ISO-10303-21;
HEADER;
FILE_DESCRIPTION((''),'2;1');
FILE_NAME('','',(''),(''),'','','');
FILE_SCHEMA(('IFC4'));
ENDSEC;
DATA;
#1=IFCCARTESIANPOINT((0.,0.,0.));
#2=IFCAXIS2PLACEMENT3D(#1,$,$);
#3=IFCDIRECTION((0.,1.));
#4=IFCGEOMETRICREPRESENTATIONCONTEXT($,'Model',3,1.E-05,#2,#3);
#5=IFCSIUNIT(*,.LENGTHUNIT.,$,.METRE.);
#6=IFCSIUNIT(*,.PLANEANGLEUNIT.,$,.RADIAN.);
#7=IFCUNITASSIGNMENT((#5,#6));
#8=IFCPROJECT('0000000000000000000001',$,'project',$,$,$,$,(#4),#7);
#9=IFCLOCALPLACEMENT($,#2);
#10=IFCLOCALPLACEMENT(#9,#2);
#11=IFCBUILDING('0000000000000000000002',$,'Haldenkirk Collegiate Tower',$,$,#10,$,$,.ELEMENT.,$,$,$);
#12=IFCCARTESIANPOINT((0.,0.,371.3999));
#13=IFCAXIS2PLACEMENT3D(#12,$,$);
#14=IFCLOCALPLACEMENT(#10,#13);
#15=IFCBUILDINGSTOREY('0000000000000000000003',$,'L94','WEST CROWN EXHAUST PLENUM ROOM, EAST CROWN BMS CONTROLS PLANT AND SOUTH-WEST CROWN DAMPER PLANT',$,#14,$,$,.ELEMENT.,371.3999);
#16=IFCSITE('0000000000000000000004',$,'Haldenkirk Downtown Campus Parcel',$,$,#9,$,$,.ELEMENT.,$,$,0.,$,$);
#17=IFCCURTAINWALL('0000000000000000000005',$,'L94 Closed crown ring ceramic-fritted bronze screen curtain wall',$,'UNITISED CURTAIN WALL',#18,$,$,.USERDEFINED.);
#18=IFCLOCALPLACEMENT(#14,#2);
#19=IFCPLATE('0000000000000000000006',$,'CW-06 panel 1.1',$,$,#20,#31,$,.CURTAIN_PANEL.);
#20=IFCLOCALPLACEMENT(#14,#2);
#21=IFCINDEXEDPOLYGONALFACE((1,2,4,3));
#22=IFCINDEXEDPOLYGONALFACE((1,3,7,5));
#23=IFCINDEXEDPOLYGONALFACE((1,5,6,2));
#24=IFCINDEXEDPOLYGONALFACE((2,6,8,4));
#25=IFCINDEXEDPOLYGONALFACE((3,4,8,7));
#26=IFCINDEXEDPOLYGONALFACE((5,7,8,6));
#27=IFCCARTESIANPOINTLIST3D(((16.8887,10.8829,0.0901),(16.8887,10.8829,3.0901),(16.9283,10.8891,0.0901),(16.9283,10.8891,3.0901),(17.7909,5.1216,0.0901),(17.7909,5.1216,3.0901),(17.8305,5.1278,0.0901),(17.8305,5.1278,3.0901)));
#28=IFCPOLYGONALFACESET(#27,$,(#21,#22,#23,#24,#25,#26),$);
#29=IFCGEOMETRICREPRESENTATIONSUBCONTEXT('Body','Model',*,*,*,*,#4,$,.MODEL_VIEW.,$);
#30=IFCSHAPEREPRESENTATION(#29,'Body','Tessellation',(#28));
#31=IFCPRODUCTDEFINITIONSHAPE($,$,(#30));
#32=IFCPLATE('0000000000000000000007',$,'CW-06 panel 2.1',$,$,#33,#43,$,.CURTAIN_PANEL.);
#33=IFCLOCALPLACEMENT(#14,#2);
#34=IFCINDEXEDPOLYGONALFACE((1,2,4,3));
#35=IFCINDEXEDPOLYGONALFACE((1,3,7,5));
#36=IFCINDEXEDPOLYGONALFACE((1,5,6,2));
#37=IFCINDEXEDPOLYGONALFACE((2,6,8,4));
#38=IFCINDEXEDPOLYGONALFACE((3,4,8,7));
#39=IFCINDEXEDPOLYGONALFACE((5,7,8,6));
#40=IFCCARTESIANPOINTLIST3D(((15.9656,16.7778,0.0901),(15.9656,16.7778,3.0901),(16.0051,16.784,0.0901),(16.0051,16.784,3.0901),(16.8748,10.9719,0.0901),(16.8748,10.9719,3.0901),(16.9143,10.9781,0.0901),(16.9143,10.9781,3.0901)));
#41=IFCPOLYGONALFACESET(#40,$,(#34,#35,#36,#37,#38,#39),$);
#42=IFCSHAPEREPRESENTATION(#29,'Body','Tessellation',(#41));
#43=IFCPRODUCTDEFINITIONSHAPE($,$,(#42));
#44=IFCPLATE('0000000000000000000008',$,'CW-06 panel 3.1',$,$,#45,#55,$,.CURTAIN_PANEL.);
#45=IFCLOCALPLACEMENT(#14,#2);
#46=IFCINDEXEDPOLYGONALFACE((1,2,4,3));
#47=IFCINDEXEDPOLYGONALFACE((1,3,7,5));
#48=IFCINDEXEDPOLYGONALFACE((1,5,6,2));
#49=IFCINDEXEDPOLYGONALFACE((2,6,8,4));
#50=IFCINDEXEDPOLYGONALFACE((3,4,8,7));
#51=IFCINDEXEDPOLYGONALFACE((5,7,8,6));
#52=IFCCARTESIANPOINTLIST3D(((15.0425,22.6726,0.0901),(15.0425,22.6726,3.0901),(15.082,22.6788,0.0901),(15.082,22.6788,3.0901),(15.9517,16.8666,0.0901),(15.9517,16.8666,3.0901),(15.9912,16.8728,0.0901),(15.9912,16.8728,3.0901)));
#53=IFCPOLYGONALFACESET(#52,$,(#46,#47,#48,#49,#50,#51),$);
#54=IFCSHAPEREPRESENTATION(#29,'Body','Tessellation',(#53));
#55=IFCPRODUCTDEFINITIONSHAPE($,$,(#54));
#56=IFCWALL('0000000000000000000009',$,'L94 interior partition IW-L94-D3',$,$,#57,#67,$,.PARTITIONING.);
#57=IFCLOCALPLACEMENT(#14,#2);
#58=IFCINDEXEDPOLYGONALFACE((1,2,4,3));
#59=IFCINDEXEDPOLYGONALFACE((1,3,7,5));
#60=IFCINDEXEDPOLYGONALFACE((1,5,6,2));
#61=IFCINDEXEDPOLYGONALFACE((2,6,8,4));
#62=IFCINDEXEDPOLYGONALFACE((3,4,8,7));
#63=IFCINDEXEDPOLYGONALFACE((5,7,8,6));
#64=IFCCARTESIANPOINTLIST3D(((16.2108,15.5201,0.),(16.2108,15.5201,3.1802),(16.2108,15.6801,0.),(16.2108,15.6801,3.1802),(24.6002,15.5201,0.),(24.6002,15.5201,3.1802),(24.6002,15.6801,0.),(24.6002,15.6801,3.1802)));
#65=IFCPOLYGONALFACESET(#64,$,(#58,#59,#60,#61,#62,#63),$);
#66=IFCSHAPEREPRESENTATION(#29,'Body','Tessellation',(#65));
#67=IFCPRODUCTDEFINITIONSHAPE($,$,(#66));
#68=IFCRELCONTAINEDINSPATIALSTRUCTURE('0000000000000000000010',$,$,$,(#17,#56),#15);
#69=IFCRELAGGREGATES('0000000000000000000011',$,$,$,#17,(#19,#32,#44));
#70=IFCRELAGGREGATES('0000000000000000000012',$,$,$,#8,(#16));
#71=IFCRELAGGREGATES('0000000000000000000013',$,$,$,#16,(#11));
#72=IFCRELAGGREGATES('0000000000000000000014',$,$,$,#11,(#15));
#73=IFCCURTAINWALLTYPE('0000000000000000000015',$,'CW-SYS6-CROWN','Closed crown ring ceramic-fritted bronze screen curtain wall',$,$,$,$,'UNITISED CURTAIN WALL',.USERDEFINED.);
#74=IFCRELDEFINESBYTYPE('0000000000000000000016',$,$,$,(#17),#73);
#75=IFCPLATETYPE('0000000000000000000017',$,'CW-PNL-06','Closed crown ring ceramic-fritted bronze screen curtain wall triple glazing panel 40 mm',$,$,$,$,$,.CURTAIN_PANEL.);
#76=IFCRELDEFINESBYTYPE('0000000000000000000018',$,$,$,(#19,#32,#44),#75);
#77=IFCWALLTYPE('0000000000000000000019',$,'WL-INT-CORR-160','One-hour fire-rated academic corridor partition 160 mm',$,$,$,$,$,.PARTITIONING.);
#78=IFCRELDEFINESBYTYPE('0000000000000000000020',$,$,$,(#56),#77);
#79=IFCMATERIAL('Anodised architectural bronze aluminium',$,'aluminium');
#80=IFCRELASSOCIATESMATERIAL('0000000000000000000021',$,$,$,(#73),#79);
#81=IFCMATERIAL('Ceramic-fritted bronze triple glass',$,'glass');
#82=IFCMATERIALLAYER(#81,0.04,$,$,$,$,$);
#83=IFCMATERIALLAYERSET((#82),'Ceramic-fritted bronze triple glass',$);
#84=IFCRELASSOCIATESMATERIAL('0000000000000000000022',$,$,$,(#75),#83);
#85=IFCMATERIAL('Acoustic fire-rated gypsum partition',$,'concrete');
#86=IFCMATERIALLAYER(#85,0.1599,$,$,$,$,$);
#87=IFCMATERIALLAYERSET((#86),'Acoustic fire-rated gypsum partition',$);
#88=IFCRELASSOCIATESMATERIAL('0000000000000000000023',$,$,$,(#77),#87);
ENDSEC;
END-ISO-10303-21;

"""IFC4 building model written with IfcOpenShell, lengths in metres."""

from ifc_helpers import new_model, si_unit, direction, frame, frame_2d, origin, origin_2d, place, context, subcontext, project, spatial, rectangle, extrude, source, transform, mapped, material, layer, layer_set, type_object, element, aggregate, save


model = new_model("IFC4")

# Units and contexts
model_context = context("Model", 3, precision=1e-05, world=origin(), true_north=direction((0.0, 1.0)))
body_context = subcontext(model_context, "Body", "Model", "MODEL_VIEW")
ifc_project = project(units=[si_unit("LENGTHUNIT", "METRE"), si_unit("PLANEANGLEUNIT", "RADIAN")], contexts=[model_context])

# Site, building, storey
site_placement = place(None, origin())
site = spatial("IfcSite", under=ifc_project, at=site_placement, Name="Haldenkirk Downtown Campus Parcel", CompositionType="ELEMENT", RefElevation=0.0)
building_placement = place(site_placement, origin())
building = spatial("IfcBuilding", under=site, at=building_placement, Name="Haldenkirk Collegiate Tower", CompositionType="ELEMENT")
storey_placement = place(building_placement, frame((0.0, 0.0, 371.3999)))
storey = spatial("IfcBuildingStorey", under=building, at=storey_placement, Name="L94", Description="WEST CROWN EXHAUST PLENUM ROOM, EAST CROWN BMS CONTROLS PLANT AND SOUTH-WEST CROWN DAMPER PLANT", CompositionType="ELEMENT", Elevation=371.3999)

# Curtain wall
ifc_material_1 = material(Name="Anodised architectural bronze aluminium", Category="aluminium")
curtain_wall_type = type_object("IfcCurtainWallType", Name="CW-SYS6-CROWN", Description="Closed crown ring ceramic-fritted bronze screen curtain wall", ElementType="UNITISED CURTAIN WALL", PredefinedType="USERDEFINED", material=ifc_material_1)
curtain_wall_placement = place(storey_placement, origin())
curtain_wall = element("IfcCurtainWall", 1, at=curtain_wall_placement, inside=storey, type_object=curtain_wall_type, Name="L94 Closed crown ring ceramic-fritted bronze screen curtain wall", ObjectType="UNITISED CURTAIN WALL", PredefinedType="USERDEFINED")

# Plates
ifc_material_2 = material(Name="Ceramic-fritted bronze triple glass", Category="glass")
ifc_layer_1 = layer(ifc_material_2, 0.04)
ifc_layer_set_1 = layer_set([ifc_layer_1], Name="Ceramic-fritted bronze triple glass")
plate_type_1 = type_object("IfcPlateType", Name="CW-PNL-06", Description="Closed crown ring ceramic-fritted bronze screen curtain wall triple glazing panel 40 mm", PredefinedType="CURTAIN_PANEL", material=ifc_layer_set_1)
shared_shape_1 = source(origin(), body_context, "Body", "SweptSolid", [
    extrude(rectangle(XDim=5.8315, YDim=0.04, at=origin_2d()), origin(), (0.0, 0.0, 1.0), 3.0),
])
plate_1_placement = place(storey_placement, frame((17.3596, 8.0054, 0.0901), z_axis=(0.0, 0.0, 1.0), x_axis=(-0.154713, 0.98796, 0.0)))
plate_1 = element("IfcPlate", 2, at=plate_1_placement, type_object=plate_type_1, Name="CW-06 panel 1.1", PredefinedType="CURTAIN_PANEL", context=body_context, shape_type="MappedRepresentation", body=[
    mapped(shared_shape_1, transform((0.0, 0.0, 0.0), x_axis=(1.0, 0.0, 0.0), y_axis=(0.0, 1.0, 0.0), z_axis=(0.0, 0.0, 1.0), scale=1.0)),
])
shared_shape_2 = source(origin(), body_context, "Body", "SweptSolid", [
    extrude(rectangle(XDim=5.8767, YDim=0.04, at=origin_2d()), origin(), (0.0, 0.0, 1.0), 3.0),
])
plate_2_placement = place(storey_placement, frame((16.4399, 13.8779, 0.0901), z_axis=(0.0, 0.0, 1.0), x_axis=(-0.154713, 0.98796, 0.0)))
plate_2 = element("IfcPlate", 3, at=plate_2_placement, type_object=plate_type_1, Name="CW-06 panel 2.1", PredefinedType="CURTAIN_PANEL", context=body_context, shape_type="MappedRepresentation", body=[
    mapped(shared_shape_2, transform((0.0, 0.0, 0.0), x_axis=(1.0, 0.0, 0.0), y_axis=(0.0, 1.0, 0.0), z_axis=(0.0, 0.0, 1.0), scale=1.0)),
])
plate_3_placement = place(storey_placement, frame((15.5168, 19.7727, 0.0901), z_axis=(0.0, 0.0, 1.0), x_axis=(-0.154713, 0.98796, 0.0)))
plate_3 = element("IfcPlate", 4, at=plate_3_placement, type_object=plate_type_1, Name="CW-06 panel 3.1", PredefinedType="CURTAIN_PANEL", context=body_context, shape_type="MappedRepresentation", body=[
    mapped(shared_shape_2, transform((0.0, 0.0, 0.0), x_axis=(1.0, 0.0, 0.0), y_axis=(0.0, 1.0, 0.0), z_axis=(0.0, 0.0, 1.0), scale=1.0)),
])
aggregate(curtain_wall, [plate_1, plate_2, plate_3])

# Wall
ifc_material_3 = material(Name="Acoustic fire-rated gypsum partition", Category="concrete")
ifc_layer_2 = layer(ifc_material_3, 0.1599)
ifc_layer_set_2 = layer_set([ifc_layer_2], Name="Acoustic fire-rated gypsum partition")
wall_type = type_object("IfcWallType", Name="WL-INT-CORR-160", Description="One-hour fire-rated academic corridor partition 160 mm", PredefinedType="PARTITIONING", material=ifc_layer_set_2)
wall_placement = place(storey_placement, frame((16.2107, 15.6001, 0.0), z_axis=(0.0, 0.0, 1.0), x_axis=(1.0, 0.0, 0.0)))
element("IfcWall", 5, at=wall_placement, inside=storey, type_object=wall_type, Name="L94 interior partition IW-L94-D3", PredefinedType="PARTITIONING", context=body_context, shape_type="SweptSolid", body=[
    extrude(rectangle(XDim=8.3894, YDim=0.1599, at=frame_2d((4.1948, 0.0))), origin(), (0.0, 0.0, 1.0), 3.1802),
])

save(model, "model.ifc")
